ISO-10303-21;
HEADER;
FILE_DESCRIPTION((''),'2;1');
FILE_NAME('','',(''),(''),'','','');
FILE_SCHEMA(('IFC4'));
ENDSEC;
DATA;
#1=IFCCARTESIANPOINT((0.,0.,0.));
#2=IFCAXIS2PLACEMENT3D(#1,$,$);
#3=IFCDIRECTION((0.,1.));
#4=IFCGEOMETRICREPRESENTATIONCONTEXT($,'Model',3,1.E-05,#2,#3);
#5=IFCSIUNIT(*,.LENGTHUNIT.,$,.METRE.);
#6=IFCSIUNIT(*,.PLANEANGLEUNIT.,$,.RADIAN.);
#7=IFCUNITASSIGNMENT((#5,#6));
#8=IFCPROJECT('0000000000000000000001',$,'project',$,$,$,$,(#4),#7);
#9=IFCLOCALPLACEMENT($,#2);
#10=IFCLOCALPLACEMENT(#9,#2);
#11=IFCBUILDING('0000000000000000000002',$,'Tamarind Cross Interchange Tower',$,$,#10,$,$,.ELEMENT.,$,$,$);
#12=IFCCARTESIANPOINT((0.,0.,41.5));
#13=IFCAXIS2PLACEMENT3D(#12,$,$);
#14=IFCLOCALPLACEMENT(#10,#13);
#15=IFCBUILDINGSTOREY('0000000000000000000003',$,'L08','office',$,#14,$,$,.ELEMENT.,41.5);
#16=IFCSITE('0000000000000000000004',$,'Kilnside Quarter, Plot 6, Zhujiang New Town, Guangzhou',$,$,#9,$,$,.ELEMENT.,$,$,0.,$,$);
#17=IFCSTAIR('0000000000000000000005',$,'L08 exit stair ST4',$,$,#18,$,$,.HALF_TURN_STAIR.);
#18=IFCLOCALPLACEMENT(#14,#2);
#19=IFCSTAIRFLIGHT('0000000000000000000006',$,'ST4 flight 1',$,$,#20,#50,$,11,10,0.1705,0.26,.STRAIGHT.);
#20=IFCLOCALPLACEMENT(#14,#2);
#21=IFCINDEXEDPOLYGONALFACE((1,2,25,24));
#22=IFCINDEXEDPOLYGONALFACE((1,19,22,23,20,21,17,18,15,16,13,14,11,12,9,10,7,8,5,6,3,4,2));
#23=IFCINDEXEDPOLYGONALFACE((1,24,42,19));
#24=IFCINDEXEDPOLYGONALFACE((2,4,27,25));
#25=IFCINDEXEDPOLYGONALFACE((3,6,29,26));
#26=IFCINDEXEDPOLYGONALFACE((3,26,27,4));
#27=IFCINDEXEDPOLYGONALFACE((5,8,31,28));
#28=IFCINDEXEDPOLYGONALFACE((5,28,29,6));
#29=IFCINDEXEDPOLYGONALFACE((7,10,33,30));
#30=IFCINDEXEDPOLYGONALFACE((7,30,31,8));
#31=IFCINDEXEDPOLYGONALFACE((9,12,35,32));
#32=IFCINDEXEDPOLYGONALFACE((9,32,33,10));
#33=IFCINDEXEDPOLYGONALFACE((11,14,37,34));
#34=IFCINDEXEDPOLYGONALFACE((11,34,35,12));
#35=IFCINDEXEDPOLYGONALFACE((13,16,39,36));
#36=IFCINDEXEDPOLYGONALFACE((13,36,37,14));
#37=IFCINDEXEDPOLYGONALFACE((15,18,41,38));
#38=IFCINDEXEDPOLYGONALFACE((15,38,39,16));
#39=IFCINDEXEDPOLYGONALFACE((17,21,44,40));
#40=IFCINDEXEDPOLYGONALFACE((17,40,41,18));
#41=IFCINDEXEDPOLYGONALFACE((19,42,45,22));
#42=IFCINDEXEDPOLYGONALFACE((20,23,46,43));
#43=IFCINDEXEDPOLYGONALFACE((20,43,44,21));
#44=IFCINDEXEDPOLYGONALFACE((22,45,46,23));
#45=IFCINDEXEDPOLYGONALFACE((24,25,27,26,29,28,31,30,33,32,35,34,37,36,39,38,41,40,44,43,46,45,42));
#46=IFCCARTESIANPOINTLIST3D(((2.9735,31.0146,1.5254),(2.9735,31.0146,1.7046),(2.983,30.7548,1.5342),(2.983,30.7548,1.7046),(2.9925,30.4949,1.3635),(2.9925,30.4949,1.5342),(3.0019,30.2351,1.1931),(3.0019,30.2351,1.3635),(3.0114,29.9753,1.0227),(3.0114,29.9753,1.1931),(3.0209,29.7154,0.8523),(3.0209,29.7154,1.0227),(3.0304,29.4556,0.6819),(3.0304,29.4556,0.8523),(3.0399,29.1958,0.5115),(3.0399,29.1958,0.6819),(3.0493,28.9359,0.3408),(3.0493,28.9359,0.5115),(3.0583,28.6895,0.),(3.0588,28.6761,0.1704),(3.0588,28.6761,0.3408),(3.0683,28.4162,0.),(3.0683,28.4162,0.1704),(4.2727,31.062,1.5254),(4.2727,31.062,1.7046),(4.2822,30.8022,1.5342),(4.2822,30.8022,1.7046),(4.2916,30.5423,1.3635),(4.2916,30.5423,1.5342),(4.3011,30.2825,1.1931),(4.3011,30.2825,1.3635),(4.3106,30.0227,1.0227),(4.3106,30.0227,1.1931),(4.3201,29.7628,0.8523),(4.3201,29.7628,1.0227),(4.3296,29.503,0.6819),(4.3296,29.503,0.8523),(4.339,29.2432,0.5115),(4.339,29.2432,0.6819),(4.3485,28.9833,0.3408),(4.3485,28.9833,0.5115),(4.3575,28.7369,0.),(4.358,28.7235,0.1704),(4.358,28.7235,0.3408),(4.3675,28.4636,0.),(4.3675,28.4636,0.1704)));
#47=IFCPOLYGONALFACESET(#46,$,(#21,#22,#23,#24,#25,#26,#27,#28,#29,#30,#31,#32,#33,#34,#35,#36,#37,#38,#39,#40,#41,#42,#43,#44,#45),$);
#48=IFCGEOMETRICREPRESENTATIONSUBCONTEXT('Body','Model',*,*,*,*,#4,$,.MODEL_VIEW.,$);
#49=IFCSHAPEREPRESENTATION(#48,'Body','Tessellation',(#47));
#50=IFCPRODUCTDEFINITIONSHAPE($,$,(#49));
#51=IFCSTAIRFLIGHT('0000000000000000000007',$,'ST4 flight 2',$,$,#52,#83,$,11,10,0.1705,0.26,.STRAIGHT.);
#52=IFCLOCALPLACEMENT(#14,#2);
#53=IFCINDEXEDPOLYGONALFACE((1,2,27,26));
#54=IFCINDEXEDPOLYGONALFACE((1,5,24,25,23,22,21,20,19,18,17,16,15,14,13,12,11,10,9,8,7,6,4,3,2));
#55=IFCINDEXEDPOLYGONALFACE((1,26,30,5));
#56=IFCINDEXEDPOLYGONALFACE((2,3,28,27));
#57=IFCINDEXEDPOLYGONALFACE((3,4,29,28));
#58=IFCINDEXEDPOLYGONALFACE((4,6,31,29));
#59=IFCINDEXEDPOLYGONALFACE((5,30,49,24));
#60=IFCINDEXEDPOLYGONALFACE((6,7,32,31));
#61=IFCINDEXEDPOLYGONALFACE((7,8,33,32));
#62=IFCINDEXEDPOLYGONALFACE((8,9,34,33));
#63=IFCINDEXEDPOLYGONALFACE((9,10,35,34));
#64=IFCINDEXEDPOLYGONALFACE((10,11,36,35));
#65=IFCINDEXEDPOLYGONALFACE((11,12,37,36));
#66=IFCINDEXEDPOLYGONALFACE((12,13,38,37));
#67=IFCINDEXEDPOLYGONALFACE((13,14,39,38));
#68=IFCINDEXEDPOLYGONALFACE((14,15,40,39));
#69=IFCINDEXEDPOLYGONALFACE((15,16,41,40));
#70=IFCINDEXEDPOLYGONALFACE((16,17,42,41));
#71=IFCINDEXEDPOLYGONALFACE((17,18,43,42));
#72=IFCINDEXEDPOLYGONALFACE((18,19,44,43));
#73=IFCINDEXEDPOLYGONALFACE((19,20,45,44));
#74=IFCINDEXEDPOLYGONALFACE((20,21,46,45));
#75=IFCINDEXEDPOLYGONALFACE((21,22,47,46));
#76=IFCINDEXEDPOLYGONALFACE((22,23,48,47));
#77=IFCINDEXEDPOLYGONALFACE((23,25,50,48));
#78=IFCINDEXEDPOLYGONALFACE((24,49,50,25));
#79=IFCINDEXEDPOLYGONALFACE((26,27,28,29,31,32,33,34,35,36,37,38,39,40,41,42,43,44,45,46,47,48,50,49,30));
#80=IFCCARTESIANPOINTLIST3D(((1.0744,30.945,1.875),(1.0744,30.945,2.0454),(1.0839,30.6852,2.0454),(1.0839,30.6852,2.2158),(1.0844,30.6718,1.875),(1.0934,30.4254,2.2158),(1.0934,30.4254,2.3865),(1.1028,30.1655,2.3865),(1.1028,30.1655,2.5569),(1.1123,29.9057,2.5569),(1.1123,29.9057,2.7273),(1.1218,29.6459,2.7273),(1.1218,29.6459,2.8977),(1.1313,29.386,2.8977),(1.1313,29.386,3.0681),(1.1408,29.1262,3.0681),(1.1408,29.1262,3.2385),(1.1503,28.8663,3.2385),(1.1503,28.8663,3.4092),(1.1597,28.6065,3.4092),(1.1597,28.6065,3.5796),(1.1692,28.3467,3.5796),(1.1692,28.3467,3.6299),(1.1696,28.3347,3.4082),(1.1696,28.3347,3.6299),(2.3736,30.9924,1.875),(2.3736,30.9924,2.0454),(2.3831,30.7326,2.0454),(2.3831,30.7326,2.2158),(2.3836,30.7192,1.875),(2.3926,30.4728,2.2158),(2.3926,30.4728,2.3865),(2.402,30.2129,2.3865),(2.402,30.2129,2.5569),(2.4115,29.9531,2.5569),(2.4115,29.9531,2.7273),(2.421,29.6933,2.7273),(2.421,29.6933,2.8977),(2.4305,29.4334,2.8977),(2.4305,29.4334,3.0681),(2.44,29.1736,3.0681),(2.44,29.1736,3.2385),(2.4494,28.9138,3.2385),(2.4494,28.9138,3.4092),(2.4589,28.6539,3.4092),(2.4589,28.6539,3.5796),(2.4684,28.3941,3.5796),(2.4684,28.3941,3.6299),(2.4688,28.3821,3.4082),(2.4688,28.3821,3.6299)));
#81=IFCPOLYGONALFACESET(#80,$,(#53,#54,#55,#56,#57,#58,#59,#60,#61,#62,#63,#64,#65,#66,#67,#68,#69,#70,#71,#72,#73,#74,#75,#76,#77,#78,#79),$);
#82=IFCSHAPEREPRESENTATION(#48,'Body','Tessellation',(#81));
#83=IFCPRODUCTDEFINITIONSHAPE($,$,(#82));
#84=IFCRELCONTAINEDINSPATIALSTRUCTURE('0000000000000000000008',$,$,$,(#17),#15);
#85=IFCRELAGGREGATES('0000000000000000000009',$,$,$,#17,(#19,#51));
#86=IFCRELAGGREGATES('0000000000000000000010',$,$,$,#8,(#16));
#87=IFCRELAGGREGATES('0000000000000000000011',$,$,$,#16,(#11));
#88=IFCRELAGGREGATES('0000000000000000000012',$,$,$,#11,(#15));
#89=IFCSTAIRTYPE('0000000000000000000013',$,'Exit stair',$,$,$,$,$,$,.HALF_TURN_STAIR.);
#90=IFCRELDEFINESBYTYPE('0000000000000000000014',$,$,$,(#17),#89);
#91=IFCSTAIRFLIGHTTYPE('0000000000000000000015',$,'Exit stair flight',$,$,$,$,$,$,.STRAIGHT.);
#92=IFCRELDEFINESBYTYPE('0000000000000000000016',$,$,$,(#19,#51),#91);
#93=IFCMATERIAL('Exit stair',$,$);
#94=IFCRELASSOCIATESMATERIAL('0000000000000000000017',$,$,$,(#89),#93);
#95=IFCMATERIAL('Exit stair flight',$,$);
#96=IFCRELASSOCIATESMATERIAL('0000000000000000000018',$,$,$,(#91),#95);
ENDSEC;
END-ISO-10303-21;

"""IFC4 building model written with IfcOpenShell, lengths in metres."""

from ifc_helpers import new_model, si_unit, direction, frame, origin, place, context, subcontext, project, spatial, polyline, outline, extrude, material, type_object, element, aggregate, save


model = new_model("IFC4")

# Units and contexts
model_context = context("Model", 3, precision=1e-05, world=origin(), true_north=direction((0.0, 1.0)))
body_context = subcontext(model_context, "Body", "Model", "MODEL_VIEW")
ifc_project = project(units=[si_unit("LENGTHUNIT", "METRE"), si_unit("PLANEANGLEUNIT", "RADIAN")], contexts=[model_context])

# Site, building, storey
site_placement = place(None, origin())
site = spatial("IfcSite", under=ifc_project, at=site_placement, Name="Kilnside Quarter, Plot 6, Zhujiang New Town, Guangzhou", CompositionType="ELEMENT", RefElevation=0.0)
building_placement = place(site_placement, origin())
building = spatial("IfcBuilding", under=site, at=building_placement, Name="Tamarind Cross Interchange Tower", CompositionType="ELEMENT")
storey_placement = place(building_placement, frame((0.0, 0.0, 41.5)))
storey = spatial("IfcBuildingStorey", under=building, at=storey_placement, Name="L08", Description="office", CompositionType="ELEMENT", Elevation=41.5)

# Stair, stair flights
ifc_material_1 = material(Name="Exit stair")
stair_type = type_object("IfcStairType", Name="Exit stair", PredefinedType="HALF_TURN_STAIR", material=ifc_material_1)
stair_placement = place(storey_placement, origin())
stair = element("IfcStair", 1, at=stair_placement, inside=storey, type_object=stair_type, Name="L08 exit stair ST4", PredefinedType="HALF_TURN_STAIR")
ifc_material_2 = material(Name="Exit stair flight")
stair_flight_type = type_object("IfcStairFlightType", Name="Exit stair flight", PredefinedType="STRAIGHT", material=ifc_material_2)
stair_flight_1_placement = place(storey_placement, frame((3.7178, 28.4399, 0.0), z_axis=(0.0, 0.0, 1.0), x_axis=(-0.036462, 0.999335, 0.0)))
stair_flight_1 = element("IfcStairFlight", 2, at=stair_flight_1_placement, type_object=stair_flight_type, Name="ST4 flight 1", NumberOfRisers=11, NumberOfTreads=10, PredefinedType="STRAIGHT", RiserHeight=0.1705, TreadLength=0.26, context=body_context, shape_type="SweptSolid", body=[
    extrude(outline(polyline([(0.0, 0.0), (0.0, 0.1704), (0.26, 0.1704), (0.26, 0.3408), (0.52, 0.3408), (0.52, 0.5115), (0.78, 0.5115), (0.78, 0.6819), (1.04, 0.6819), (1.04, 0.8523), (1.3, 0.8523), (1.3, 1.0227), (1.5601, 1.0227), (1.5601, 1.1931), (1.8201, 1.1931), (1.8201, 1.3635), (2.0801, 1.3635), (2.0801, 1.5342), (2.3401, 1.5342), (2.3401, 1.7046), (2.6001, 1.7046), (2.6001, 1.875), (2.6001, 1.5254), (0.2734, 0.0), (0.0, 0.0)])), frame((0.0, 0.6499, 0.0), z_axis=(0.0, -1.0, 0.0), x_axis=(1.0, 0.0, 0.0)), (0.0, 0.0, 1.0), 1.3),
])
stair_flight_2_placement = place(storey_placement, frame((1.7241, 30.9688, 1.875), z_axis=(0.0, 0.0, 1.0), x_axis=(0.036462, -0.999335, 0.0)))
stair_flight_2 = element("IfcStairFlight", 3, at=stair_flight_2_placement, type_object=stair_flight_type, Name="ST4 flight 2", NumberOfRisers=11, NumberOfTreads=10, PredefinedType="STRAIGHT", RiserHeight=0.1705, TreadLength=0.26, context=body_context, shape_type="SweptSolid", body=[
    extrude(outline(polyline([(0.0, 0.0), (0.0, 0.1704), (0.26, 0.1704), (0.26, 0.3408), (0.52, 0.3408), (0.52, 0.5115), (0.78, 0.5115), (0.78, 0.6819), (1.04, 0.6819), (1.04, 0.8523), (1.3, 0.8523), (1.3, 1.0227), (1.5601, 1.0227), (1.5601, 1.1931), (1.8201, 1.1931), (1.8201, 1.3635), (2.0801, 1.3635), (2.0801, 1.5342), (2.3401, 1.5342), (2.3401, 1.7046), (2.6001, 1.7046), (2.6001, 1.7549), (2.6121, 1.7549), (2.6121, 1.5332), (0.2734, 0.0), (0.0, 0.0)])), frame((0.0, 0.6499, 0.0), z_axis=(0.0, -1.0, 0.0), x_axis=(1.0, 0.0, 0.0)), (0.0, 0.0, 1.0), 1.3),
])
aggregate(stair, [stair_flight_1, stair_flight_2])

save(model, "model.ifc")
